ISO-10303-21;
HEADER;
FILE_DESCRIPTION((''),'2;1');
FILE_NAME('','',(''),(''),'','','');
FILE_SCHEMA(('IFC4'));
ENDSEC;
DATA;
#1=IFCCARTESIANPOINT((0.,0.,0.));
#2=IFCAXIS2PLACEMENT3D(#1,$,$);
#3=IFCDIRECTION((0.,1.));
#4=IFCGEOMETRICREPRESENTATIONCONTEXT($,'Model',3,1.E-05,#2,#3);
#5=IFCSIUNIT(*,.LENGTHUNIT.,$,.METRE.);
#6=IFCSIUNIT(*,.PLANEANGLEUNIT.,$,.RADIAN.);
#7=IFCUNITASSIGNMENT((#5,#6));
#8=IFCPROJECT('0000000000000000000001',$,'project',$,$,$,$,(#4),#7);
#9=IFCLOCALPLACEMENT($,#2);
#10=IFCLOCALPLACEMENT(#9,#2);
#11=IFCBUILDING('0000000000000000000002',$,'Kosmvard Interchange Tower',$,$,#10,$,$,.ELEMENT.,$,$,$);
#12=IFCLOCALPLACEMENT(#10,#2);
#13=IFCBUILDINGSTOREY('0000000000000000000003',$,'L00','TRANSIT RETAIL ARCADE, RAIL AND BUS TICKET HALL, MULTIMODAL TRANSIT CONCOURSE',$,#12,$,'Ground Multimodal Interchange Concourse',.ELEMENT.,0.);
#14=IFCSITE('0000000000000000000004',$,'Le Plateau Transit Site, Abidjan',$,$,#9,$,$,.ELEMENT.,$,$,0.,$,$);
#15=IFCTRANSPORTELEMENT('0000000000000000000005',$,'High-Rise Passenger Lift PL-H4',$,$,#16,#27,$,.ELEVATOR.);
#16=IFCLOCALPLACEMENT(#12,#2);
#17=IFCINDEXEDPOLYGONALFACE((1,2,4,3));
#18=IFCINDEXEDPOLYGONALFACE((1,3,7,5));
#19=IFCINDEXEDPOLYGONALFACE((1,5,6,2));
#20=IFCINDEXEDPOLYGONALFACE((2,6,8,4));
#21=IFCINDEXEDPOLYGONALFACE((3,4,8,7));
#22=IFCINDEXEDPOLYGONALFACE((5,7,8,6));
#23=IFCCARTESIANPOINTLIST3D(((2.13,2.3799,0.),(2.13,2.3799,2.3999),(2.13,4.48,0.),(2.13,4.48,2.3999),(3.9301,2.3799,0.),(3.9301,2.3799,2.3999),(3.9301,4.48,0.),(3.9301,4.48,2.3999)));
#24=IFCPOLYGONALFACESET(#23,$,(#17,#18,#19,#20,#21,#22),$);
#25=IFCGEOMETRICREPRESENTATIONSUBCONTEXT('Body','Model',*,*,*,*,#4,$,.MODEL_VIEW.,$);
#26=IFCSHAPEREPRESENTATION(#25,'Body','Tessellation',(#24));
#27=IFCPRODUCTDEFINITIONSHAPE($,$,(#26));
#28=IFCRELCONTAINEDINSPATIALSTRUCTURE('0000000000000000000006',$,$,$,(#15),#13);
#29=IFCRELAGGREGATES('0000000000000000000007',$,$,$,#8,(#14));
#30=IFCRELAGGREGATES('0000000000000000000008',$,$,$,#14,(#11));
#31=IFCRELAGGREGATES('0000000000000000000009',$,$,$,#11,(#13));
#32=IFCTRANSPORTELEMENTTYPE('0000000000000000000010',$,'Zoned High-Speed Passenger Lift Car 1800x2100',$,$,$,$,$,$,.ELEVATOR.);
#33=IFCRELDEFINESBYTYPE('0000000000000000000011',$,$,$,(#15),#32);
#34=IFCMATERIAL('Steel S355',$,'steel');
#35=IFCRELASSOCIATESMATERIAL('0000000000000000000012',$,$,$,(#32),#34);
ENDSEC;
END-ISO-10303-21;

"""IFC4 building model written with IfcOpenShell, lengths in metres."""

from ifc_helpers import new_model, si_unit, direction, frame, origin, origin_2d, place, context, subcontext, project, spatial, rectangle, extrude, source, transform, mapped, material, type_object, element, save


model = new_model("IFC4")

# Units and contexts
model_context = context("Model", 3, precision=1e-05, world=origin(), true_north=direction((0.0, 1.0)))
body_context = subcontext(model_context, "Body", "Model", "MODEL_VIEW")
ifc_project = project(units=[si_unit("LENGTHUNIT", "METRE"), si_unit("PLANEANGLEUNIT", "RADIAN")], contexts=[model_context])

# Site, building, storey
site_placement = place(None, origin())
site = spatial("IfcSite", under=ifc_project, at=site_placement, Name="Le Plateau Transit Site, Abidjan", CompositionType="ELEMENT", RefElevation=0.0)
building_placement = place(site_placement, origin())
building = spatial("IfcBuilding", under=site, at=building_placement, Name="Kosmvard Interchange Tower", CompositionType="ELEMENT")
storey_placement = place(building_placement, origin())
storey = spatial("IfcBuildingStorey", under=building, at=storey_placement, Name="L00", Description="TRANSIT RETAIL ARCADE, RAIL AND BUS TICKET HALL, MULTIMODAL TRANSIT CONCOURSE", LongName="Ground Multimodal Interchange Concourse", CompositionType="ELEMENT", Elevation=0.0)

# Shared definitions
ifc_material_1 = material(Name="Steel S355", Category="steel")

# Transport element
transport_element_type = type_object("IfcTransportElementType", Name="Zoned High-Speed Passenger Lift Car 1800x2100", PredefinedType="ELEVATOR", material=ifc_material_1)
shared_shape_1 = source(origin(), body_context, "Body", "SweptSolid", [
    extrude(rectangle(XDim=1.8, YDim=2.1001, at=origin_2d()), origin(), (0.0, 0.0, 1.0), 2.3999),
])
for number, where, z_axis, x_axis, name in (
    (1, (3.03, 3.4299, 0.0), (0.0, 0.0, 1.0), (1.0, 0.0, 0.0), "High-Rise Passenger Lift PL-H4"),
):
    element("IfcTransportElement", number, at=place(storey_placement, frame(where, z_axis=z_axis, x_axis=x_axis)), inside=storey, type_object=transport_element_type, Name=name, PredefinedType="ELEVATOR", context=body_context, shape_type="MappedRepresentation", body=[
        mapped(shared_shape_1, transform((0.0, 0.0, 0.0), scale=1.0)),
    ])

save(model, "model.ifc")
